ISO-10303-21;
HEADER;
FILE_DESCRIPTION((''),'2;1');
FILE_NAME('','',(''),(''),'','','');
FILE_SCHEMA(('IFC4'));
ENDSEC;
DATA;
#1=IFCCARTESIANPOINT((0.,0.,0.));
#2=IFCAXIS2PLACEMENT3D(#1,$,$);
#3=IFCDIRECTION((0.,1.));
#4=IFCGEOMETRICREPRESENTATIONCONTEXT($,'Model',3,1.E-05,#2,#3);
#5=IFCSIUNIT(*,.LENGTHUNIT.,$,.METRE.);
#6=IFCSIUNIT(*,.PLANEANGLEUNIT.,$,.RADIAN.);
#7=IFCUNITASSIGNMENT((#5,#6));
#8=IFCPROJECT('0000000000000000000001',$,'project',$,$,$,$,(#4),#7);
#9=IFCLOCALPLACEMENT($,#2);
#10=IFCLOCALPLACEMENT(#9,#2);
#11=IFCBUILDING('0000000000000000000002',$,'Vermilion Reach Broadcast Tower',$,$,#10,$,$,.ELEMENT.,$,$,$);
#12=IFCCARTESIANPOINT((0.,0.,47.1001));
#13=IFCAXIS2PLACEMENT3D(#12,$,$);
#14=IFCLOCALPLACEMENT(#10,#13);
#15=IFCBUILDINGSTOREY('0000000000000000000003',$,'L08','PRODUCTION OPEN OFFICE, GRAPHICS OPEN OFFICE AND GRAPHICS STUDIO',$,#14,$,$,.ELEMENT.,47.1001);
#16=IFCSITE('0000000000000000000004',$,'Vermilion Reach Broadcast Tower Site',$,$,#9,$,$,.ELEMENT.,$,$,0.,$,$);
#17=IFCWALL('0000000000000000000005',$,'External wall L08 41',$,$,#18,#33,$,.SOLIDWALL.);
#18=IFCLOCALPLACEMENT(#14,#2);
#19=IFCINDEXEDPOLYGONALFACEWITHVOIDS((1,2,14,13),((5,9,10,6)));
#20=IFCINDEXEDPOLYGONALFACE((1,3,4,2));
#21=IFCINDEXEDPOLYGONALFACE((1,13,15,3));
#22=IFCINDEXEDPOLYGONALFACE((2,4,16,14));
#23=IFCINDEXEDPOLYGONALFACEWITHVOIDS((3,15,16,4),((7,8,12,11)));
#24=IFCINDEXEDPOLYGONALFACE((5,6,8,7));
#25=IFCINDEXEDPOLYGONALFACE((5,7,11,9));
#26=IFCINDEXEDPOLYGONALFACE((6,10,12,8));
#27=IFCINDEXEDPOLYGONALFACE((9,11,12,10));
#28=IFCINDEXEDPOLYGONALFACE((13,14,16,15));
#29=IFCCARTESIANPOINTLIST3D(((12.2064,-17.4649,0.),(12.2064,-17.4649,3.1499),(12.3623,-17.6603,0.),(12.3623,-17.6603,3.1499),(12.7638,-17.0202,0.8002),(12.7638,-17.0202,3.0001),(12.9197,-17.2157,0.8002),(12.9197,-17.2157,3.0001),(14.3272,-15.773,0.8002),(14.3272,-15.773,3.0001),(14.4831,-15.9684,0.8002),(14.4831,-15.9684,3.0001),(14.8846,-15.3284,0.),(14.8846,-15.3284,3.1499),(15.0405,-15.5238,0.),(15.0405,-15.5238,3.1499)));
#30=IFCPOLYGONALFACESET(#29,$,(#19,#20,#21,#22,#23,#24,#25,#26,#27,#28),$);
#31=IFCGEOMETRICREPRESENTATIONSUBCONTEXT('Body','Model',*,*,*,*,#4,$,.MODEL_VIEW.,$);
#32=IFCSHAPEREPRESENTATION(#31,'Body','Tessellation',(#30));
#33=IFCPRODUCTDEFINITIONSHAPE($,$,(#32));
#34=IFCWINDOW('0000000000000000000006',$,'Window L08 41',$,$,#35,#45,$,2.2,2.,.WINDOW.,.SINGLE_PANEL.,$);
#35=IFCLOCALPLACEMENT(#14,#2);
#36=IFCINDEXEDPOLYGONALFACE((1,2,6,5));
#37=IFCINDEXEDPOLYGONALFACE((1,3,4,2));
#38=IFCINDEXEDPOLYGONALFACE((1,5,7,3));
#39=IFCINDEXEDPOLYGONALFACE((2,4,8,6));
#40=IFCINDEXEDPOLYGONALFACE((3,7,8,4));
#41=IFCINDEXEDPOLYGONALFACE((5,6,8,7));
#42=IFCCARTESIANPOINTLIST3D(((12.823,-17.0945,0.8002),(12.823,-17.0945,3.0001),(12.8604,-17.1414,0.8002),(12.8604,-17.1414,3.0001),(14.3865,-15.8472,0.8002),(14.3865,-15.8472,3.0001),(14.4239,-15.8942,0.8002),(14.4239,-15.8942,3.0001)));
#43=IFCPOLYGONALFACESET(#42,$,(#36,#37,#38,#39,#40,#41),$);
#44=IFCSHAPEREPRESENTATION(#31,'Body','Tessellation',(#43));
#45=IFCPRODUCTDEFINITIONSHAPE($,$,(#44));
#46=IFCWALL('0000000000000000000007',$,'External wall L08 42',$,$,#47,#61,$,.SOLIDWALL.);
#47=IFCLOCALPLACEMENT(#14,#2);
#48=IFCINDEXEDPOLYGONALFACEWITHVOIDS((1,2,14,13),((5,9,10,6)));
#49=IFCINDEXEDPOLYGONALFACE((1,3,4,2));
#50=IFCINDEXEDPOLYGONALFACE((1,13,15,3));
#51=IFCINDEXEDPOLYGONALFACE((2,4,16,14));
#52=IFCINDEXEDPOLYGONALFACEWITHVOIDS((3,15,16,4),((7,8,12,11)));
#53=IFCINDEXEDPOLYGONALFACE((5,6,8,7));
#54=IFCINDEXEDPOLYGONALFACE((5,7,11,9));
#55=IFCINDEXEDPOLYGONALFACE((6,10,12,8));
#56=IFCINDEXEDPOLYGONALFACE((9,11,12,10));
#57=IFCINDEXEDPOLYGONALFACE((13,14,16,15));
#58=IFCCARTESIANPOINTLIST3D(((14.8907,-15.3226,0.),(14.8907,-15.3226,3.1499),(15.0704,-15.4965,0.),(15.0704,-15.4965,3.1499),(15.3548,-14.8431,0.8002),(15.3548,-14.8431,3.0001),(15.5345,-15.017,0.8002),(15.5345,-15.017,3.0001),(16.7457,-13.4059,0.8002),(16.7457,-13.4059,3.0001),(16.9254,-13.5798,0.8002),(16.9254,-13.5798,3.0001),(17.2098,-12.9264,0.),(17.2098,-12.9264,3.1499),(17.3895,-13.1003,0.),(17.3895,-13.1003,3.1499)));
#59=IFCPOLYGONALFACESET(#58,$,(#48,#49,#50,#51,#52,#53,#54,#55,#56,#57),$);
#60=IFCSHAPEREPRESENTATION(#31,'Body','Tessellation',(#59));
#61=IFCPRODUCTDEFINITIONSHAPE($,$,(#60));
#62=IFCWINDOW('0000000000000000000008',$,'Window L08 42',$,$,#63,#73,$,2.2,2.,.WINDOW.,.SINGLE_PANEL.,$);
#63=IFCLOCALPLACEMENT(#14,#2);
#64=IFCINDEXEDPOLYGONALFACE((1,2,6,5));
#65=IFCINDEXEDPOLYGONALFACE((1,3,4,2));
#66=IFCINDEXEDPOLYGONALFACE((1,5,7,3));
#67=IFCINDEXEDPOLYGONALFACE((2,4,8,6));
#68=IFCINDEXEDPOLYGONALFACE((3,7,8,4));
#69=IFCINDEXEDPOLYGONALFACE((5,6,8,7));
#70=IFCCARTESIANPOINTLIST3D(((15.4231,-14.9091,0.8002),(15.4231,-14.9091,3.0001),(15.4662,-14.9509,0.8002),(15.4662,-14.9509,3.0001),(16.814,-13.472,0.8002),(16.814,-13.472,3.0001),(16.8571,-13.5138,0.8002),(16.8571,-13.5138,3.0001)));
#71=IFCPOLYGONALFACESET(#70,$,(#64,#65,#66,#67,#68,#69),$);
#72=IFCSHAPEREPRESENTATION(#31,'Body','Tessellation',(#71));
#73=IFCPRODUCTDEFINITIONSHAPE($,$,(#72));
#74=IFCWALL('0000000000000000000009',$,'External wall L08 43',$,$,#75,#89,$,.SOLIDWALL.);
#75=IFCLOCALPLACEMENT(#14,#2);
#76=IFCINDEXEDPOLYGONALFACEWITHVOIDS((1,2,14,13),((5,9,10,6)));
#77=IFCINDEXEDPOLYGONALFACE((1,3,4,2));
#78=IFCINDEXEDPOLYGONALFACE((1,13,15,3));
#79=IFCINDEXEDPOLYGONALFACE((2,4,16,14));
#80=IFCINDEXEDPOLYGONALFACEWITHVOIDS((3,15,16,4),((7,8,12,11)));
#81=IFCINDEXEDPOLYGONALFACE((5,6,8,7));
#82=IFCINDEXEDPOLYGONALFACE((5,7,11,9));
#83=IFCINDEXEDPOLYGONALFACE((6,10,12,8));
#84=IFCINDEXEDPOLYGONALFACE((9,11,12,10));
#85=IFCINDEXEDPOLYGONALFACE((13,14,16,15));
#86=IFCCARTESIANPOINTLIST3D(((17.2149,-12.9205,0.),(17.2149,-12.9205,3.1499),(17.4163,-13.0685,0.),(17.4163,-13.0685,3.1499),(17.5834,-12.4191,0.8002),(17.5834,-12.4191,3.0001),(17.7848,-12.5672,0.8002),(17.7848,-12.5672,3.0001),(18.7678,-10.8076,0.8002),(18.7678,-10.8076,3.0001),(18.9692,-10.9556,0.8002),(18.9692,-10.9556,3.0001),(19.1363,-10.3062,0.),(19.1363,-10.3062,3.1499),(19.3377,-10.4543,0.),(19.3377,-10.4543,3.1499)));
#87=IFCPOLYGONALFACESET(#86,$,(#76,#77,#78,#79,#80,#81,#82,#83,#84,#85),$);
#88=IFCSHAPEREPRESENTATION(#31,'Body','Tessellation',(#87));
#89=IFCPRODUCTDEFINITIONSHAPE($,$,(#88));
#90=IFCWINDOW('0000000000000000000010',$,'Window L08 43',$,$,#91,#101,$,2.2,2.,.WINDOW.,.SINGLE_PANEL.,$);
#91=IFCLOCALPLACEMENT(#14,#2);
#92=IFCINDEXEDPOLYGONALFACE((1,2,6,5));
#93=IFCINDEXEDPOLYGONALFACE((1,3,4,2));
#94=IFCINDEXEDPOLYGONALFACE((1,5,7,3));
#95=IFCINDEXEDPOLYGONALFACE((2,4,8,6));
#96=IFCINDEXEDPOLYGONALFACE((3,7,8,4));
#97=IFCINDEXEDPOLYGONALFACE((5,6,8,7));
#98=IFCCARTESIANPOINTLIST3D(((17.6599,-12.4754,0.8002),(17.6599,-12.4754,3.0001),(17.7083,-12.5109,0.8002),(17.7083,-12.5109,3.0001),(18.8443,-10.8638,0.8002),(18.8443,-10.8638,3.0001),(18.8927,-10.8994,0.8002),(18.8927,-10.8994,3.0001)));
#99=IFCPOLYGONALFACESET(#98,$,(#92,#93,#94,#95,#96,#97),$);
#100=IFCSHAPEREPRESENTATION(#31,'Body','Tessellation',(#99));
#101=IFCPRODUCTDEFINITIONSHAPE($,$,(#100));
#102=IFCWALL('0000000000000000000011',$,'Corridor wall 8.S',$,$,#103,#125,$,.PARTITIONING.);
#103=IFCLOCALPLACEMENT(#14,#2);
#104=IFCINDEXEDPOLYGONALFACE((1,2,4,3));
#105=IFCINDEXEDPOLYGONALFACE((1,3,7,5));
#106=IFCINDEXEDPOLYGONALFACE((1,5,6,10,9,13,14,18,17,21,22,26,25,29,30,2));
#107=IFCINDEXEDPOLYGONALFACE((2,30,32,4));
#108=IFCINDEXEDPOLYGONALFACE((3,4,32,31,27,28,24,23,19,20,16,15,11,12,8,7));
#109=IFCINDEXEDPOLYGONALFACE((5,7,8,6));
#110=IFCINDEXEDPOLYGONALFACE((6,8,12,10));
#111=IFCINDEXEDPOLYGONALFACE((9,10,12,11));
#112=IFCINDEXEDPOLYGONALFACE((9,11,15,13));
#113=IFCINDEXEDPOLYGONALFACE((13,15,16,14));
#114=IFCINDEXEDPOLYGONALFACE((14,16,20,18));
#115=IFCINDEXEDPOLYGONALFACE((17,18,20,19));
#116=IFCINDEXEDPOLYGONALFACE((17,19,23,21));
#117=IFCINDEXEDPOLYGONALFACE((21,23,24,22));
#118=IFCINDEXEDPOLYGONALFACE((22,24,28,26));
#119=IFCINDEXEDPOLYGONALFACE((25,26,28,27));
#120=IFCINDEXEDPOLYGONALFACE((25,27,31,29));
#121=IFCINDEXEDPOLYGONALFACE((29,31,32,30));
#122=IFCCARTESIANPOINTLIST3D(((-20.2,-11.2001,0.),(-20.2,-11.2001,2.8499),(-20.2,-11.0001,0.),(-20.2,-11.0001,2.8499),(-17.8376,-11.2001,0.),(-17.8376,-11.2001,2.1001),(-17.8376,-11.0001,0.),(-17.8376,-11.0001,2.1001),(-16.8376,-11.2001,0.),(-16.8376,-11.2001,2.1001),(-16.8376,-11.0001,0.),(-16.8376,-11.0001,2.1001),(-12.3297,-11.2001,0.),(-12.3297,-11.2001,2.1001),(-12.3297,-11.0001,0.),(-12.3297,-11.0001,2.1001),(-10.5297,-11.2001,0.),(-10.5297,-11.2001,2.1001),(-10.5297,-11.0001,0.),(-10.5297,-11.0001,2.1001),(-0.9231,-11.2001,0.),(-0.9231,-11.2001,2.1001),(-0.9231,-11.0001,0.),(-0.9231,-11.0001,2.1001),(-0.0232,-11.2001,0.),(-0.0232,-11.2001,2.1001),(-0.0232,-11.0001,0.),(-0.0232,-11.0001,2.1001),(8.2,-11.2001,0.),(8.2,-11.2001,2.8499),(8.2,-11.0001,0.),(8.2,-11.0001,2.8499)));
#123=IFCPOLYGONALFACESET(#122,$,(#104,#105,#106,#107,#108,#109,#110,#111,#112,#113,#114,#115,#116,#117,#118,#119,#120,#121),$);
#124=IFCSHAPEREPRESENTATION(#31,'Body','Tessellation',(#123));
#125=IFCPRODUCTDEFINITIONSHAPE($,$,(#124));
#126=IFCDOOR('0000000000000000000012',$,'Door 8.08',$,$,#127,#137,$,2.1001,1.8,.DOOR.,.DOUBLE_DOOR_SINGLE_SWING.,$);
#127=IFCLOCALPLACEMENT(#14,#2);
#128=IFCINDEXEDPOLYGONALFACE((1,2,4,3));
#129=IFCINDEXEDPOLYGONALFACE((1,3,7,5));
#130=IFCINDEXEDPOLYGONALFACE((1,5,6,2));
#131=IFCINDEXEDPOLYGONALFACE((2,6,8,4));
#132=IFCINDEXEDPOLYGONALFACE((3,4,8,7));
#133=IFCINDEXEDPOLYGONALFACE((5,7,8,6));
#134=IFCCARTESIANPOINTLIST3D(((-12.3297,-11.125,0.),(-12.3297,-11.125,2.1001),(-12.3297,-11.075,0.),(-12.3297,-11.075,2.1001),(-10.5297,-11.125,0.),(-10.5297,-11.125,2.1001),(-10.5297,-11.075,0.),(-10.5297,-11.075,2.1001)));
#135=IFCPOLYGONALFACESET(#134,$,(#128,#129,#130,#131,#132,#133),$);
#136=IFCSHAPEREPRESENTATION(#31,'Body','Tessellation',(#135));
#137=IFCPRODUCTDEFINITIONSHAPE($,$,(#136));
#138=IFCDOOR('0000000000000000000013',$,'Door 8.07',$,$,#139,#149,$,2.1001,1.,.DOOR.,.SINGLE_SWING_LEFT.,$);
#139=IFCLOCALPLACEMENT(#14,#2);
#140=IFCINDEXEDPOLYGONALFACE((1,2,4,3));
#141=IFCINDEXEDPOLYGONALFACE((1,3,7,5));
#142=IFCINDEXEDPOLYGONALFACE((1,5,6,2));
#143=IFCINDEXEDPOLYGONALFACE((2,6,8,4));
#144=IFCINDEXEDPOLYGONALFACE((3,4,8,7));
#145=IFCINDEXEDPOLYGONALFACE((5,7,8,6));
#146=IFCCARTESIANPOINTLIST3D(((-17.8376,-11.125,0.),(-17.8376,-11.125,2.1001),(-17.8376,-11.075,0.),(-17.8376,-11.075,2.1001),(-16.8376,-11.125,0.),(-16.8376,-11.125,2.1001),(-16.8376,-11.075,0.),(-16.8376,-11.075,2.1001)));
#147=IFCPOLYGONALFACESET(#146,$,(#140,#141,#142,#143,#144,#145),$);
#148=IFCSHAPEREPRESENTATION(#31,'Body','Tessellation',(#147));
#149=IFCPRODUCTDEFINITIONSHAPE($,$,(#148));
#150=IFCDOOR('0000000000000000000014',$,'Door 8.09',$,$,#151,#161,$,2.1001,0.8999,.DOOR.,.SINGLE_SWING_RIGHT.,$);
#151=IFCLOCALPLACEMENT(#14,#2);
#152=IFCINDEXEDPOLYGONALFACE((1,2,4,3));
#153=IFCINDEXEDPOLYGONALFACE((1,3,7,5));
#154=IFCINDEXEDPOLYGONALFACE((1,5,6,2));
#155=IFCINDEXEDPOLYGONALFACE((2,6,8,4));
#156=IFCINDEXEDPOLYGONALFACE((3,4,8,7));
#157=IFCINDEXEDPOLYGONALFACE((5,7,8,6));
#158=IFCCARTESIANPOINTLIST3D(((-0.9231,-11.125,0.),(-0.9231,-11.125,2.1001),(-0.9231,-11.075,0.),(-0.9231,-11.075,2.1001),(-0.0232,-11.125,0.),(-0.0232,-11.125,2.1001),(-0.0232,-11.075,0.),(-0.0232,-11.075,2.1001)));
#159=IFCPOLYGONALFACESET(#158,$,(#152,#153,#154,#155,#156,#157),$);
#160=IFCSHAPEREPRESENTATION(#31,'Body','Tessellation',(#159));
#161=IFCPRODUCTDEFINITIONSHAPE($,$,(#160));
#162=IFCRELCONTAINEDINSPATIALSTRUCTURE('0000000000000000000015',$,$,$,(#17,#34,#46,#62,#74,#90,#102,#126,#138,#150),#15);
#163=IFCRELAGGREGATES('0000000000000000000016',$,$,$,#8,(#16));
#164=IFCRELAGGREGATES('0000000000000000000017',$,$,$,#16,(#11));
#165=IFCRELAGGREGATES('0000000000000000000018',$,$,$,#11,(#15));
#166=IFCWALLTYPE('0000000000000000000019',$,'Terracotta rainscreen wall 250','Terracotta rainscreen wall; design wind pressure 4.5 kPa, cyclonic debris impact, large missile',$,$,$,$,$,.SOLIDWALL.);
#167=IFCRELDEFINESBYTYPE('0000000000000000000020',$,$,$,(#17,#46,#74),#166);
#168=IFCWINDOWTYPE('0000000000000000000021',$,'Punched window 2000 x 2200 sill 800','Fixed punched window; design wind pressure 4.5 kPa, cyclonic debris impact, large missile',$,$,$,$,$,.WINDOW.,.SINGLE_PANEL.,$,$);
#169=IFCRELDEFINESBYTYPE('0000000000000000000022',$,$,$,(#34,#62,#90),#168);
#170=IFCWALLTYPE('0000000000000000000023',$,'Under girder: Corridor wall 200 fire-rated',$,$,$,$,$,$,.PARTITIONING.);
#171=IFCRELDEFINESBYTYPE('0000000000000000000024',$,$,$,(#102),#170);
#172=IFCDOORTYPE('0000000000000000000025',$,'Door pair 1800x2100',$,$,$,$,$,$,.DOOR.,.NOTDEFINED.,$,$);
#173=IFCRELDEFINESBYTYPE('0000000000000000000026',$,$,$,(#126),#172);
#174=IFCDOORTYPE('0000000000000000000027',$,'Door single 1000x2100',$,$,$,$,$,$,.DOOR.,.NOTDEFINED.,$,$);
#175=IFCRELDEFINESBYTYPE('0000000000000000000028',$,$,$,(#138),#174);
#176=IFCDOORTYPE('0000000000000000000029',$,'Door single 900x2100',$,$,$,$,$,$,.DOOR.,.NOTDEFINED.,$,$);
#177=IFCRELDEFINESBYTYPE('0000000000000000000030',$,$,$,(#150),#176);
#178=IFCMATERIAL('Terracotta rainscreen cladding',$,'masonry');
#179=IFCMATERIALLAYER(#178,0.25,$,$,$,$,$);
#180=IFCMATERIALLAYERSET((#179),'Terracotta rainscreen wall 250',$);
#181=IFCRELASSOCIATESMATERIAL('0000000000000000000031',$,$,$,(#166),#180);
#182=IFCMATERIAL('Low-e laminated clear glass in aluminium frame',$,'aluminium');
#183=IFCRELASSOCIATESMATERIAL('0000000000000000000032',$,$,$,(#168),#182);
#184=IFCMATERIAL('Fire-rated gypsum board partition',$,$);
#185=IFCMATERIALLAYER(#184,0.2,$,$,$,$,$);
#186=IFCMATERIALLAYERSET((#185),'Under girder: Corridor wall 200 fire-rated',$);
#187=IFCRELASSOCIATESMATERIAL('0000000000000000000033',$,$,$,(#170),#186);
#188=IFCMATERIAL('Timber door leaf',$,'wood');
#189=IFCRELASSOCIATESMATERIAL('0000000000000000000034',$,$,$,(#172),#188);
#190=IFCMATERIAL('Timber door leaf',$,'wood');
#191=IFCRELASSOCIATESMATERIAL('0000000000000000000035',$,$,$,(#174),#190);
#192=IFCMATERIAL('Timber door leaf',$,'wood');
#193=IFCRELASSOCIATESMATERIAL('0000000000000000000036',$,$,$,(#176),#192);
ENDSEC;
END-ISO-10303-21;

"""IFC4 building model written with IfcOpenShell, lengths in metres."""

from ifc_helpers import new_model, si_unit, direction, frame, frame_2d, origin, place, context, subcontext, project, spatial, rectangle, extrude, material, layer, layer_set, type_object, element, fill, save


model = new_model("IFC4")

# Units and contexts
model_context = context("Model", 3, precision=1e-05, world=origin(), true_north=direction((0.0, 1.0)))
body_context = subcontext(model_context, "Body", "Model", "MODEL_VIEW")
ifc_project = project(units=[si_unit("LENGTHUNIT", "METRE"), si_unit("PLANEANGLEUNIT", "RADIAN")], contexts=[model_context])

# Site, building, storey
site_placement = place(None, origin())
site = spatial("IfcSite", under=ifc_project, at=site_placement, Name="Vermilion Reach Broadcast Tower Site", CompositionType="ELEMENT", RefElevation=0.0)
building_placement = place(site_placement, origin())
building = spatial("IfcBuilding", under=site, at=building_placement, Name="Vermilion Reach Broadcast Tower", CompositionType="ELEMENT")
storey_placement = place(building_placement, frame((0.0, 0.0, 47.1001)))
storey = spatial("IfcBuildingStorey", under=building, at=storey_placement, Name="L08", Description="PRODUCTION OPEN OFFICE, GRAPHICS OPEN OFFICE AND GRAPHICS STUDIO", CompositionType="ELEMENT", Elevation=47.1001)

# Shared definitions
ifc_material_1 = material(Name="Terracotta rainscreen cladding", Category="masonry")
ifc_layer_1 = layer(ifc_material_1, 0.25)
ifc_layer_set_1 = layer_set([ifc_layer_1], Name="Terracotta rainscreen wall 250")
wall_type_1 = type_object("IfcWallType", Name="Terracotta rainscreen wall 250", Description="Terracotta rainscreen wall; design wind pressure 4.5 kPa, cyclonic debris impact, large missile", PredefinedType="SOLIDWALL", material=ifc_layer_set_1)
ifc_material_2 = material(Name="Low-e laminated clear glass in aluminium frame", Category="aluminium")
window_type = type_object("IfcWindowType", Name="Punched window 2000 x 2200 sill 800", Description="Fixed punched window; design wind pressure 4.5 kPa, cyclonic debris impact, large missile", PartitioningType="SINGLE_PANEL", PredefinedType="WINDOW", material=ifc_material_2)

# Walls, openings, windows
wall_1_placement = place(storey_placement, frame((12.2844, -17.5625, 0.0), z_axis=(0.0, 0.0, 1.0), x_axis=(0.781737, 0.623608, 0.0)))
wall_1 = element("IfcWall", 1, at=wall_1_placement, inside=storey, type_object=wall_type_1, Name="External wall L08 41", PredefinedType="SOLIDWALL", context=body_context, shape_type="SweptSolid", body=[
    extrude(rectangle(XDim=3.426, YDim=0.25, at=frame_2d((1.7129, 0.0))), origin(), (0.0, 0.0, 1.0), 3.1499),
])
opening_1_placement = place(wall_1_placement, frame((0.7129, 0.0, 0.8)))
opening_1 = element("IfcOpeningElement", 2, at=opening_1_placement, cuts=wall_1, PredefinedType="OPENING", context=body_context, shape_type="SweptSolid", body=[
    extrude(rectangle(XDim=2.0, YDim=2.2, at=frame_2d((1.0, 1.1001))), frame((0.0, 0.135, 0.0), z_axis=(0.0, -1.0, 0.0), x_axis=(1.0, 0.0, 0.0)), (0.0, 0.0, 1.0), 0.27),
])
window_1_placement = place(opening_1_placement, origin())
window_1 = element("IfcWindow", 3, at=window_1_placement, inside=storey, type_object=window_type, Name="Window L08 41", OverallHeight=2.2, OverallWidth=2.0, PartitioningType="SINGLE_PANEL", PredefinedType="WINDOW", context=body_context, shape_type="SweptSolid", body=[
    extrude(rectangle(XDim=2.0, YDim=2.2, at=frame_2d((1.0, 1.1001))), frame((0.0, 0.03, 0.0), z_axis=(0.0, -1.0, 0.0), x_axis=(1.0, 0.0, 0.0)), (0.0, 0.0, 1.0), 0.0601),
])
fill(opening_1, window_1)
wall_2_placement = place(storey_placement, frame((14.9805, -15.4097, 0.0), z_axis=(0.0, 0.0, 1.0), x_axis=(0.695445, 0.71858, 0.0)))
wall_2 = element("IfcWall", 4, at=wall_2_placement, inside=storey, type_object=wall_type_1, Name="External wall L08 42", PredefinedType="SOLIDWALL", context=body_context, shape_type="SweptSolid", body=[
    extrude(rectangle(XDim=3.3347, YDim=0.25, at=frame_2d((1.6675, 0.0))), origin(), (0.0, 0.0, 1.0), 3.1499),
])
opening_2_placement = place(wall_2_placement, frame((0.6675, 0.0, 0.8)))
opening_2 = element("IfcOpeningElement", 5, at=opening_2_placement, cuts=wall_2, PredefinedType="OPENING", context=body_context, shape_type="SweptSolid", body=[
    extrude(rectangle(XDim=2.0, YDim=2.2, at=frame_2d((1.0, 1.1001))), frame((0.0, 0.135, 0.0), z_axis=(0.0, -1.0, 0.0), x_axis=(1.0, 0.0, 0.0)), (0.0, 0.0, 1.0), 0.27),
])
window_2_placement = place(opening_2_placement, origin())
window_2 = element("IfcWindow", 6, at=window_2_placement, inside=storey, type_object=window_type, Name="Window L08 42", OverallHeight=2.2, OverallWidth=2.0, PartitioningType="SINGLE_PANEL", PredefinedType="WINDOW", context=body_context, shape_type="SweptSolid", body=[
    extrude(rectangle(XDim=2.0, YDim=2.2, at=frame_2d((1.0, 1.1001))), frame((0.0, 0.03, 0.0), z_axis=(0.0, -1.0, 0.0), x_axis=(1.0, 0.0, 0.0)), (0.0, 0.0, 1.0), 0.0601),
])
fill(opening_2, window_2)
wall_3_placement = place(storey_placement, frame((17.3157, -12.9944, 0.0), z_axis=(0.0, 0.0, 1.0), x_axis=(0.592218, 0.805778, 0.0)))
wall_3 = element("IfcWall", 7, at=wall_3_placement, inside=storey, type_object=wall_type_1, Name="External wall L08 43", PredefinedType="SOLIDWALL", context=body_context, shape_type="SweptSolid", body=[
    extrude(rectangle(XDim=3.2444, YDim=0.25, at=frame_2d((1.6221, 0.0))), origin(), (0.0, 0.0, 1.0), 3.1499),
])
opening_3_placement = place(wall_3_placement, frame((0.6221, 0.0, 0.8)))
opening_3 = element("IfcOpeningElement", 8, at=opening_3_placement, cuts=wall_3, PredefinedType="OPENING", context=body_context, shape_type="SweptSolid", body=[
    extrude(rectangle(XDim=2.0, YDim=2.2, at=frame_2d((1.0, 1.1001))), frame((0.0, 0.135, 0.0), z_axis=(0.0, -1.0, 0.0), x_axis=(1.0, 0.0, 0.0)), (0.0, 0.0, 1.0), 0.27),
])
window_3_placement = place(opening_3_placement, origin())
window_3 = element("IfcWindow", 9, at=window_3_placement, inside=storey, type_object=window_type, Name="Window L08 43", OverallHeight=2.2, OverallWidth=2.0, PartitioningType="SINGLE_PANEL", PredefinedType="WINDOW", context=body_context, shape_type="SweptSolid", body=[
    extrude(rectangle(XDim=2.0, YDim=2.2, at=frame_2d((1.0, 1.1001))), frame((0.0, 0.03, 0.0), z_axis=(0.0, -1.0, 0.0), x_axis=(1.0, 0.0, 0.0)), (0.0, 0.0, 1.0), 0.0601),
])
fill(opening_3, window_3)

# Wall, openings, doors
ifc_material_3 = material(Name="Fire-rated gypsum board partition")
ifc_layer_2 = layer(ifc_material_3, 0.2)
ifc_layer_set_2 = layer_set([ifc_layer_2], Name="Under girder: Corridor wall 200 fire-rated")
wall_type_2 = type_object("IfcWallType", Name="Under girder: Corridor wall 200 fire-rated", PredefinedType="PARTITIONING", material=ifc_layer_set_2)
wall_4_placement = place(storey_placement, frame((8.2, -11.1001, 0.0), z_axis=(0.0, 0.0, 1.0), x_axis=(-1.0, 0.0, 0.0)))
wall_4 = element("IfcWall", 10, at=wall_4_placement, inside=storey, type_object=wall_type_2, Name="Corridor wall 8.S", PredefinedType="PARTITIONING", context=body_context, shape_type="SweptSolid", body=[
    extrude(rectangle(XDim=28.3999, YDim=0.2, at=frame_2d((14.2, 0.0))), origin(), (0.0, 0.0, 1.0), 2.8499),
])
opening_4_placement = place(wall_4_placement, frame((25.0376, 0.0, 0.0)))
opening_4 = element("IfcOpeningElement", 11, at=opening_4_placement, cuts=wall_4, PredefinedType="OPENING", context=body_context, shape_type="SweptSolid", body=[
    extrude(rectangle(XDim=1.0, YDim=2.1001, at=frame_2d((0.5, 1.05))), frame((0.0, 0.1099, 0.0), z_axis=(0.0, -1.0, 0.0), x_axis=(1.0, 0.0, 0.0)), (0.0, 0.0, 1.0), 0.22),
])
opening_5_placement = place(wall_4_placement, frame((18.7297, 0.0, 0.0)))
opening_5 = element("IfcOpeningElement", 12, at=opening_5_placement, cuts=wall_4, PredefinedType="OPENING", context=body_context, shape_type="SweptSolid", body=[
    extrude(rectangle(XDim=1.8, YDim=2.1001, at=frame_2d((0.8999, 1.05))), frame((0.0, 0.1099, 0.0), z_axis=(0.0, -1.0, 0.0), x_axis=(1.0, 0.0, 0.0)), (0.0, 0.0, 1.0), 0.22),
])
opening_6_placement = place(wall_4_placement, frame((8.2231, 0.0, 0.0)))
opening_6 = element("IfcOpeningElement", 13, at=opening_6_placement, cuts=wall_4, PredefinedType="OPENING", context=body_context, shape_type="SweptSolid", body=[
    extrude(rectangle(XDim=0.8999, YDim=2.1001, at=frame_2d((0.45, 1.05))), frame((0.0, 0.1099, 0.0), z_axis=(0.0, -1.0, 0.0), x_axis=(1.0, 0.0, 0.0)), (0.0, 0.0, 1.0), 0.22),
])
ifc_material_4 = material(Name="Timber door leaf", Category="wood")
door_type_1 = type_object("IfcDoorType", Name="Door pair 1800x2100", OperationType="NOTDEFINED", PredefinedType="DOOR", material=ifc_material_4)
door_1_placement = place(opening_5_placement, origin())
door_1 = element("IfcDoor", 14, at=door_1_placement, inside=storey, type_object=door_type_1, Name="Door 8.08", OperationType="DOUBLE_DOOR_SINGLE_SWING", OverallHeight=2.1001, OverallWidth=1.8, PredefinedType="DOOR", context=body_context, shape_type="SweptSolid", body=[
    extrude(rectangle(XDim=1.8, YDim=2.1001, at=frame_2d((0.8999, 1.05))), frame((0.0, 0.0249, 0.0), z_axis=(0.0, -1.0, 0.0), x_axis=(1.0, 0.0, 0.0)), (0.0, 0.0, 1.0), 0.05),
])
fill(opening_5, door_1)
ifc_material_5 = material(Name="Timber door leaf", Category="wood")
door_type_2 = type_object("IfcDoorType", Name="Door single 1000x2100", OperationType="NOTDEFINED", PredefinedType="DOOR", material=ifc_material_5)
door_2_placement = place(opening_4_placement, origin())
door_2 = element("IfcDoor", 15, at=door_2_placement, inside=storey, type_object=door_type_2, Name="Door 8.07", OperationType="SINGLE_SWING_LEFT", OverallHeight=2.1001, OverallWidth=1.0, PredefinedType="DOOR", context=body_context, shape_type="SweptSolid", body=[
    extrude(rectangle(XDim=1.0, YDim=2.1001, at=frame_2d((0.5, 1.05))), frame((0.0, 0.0249, 0.0), z_axis=(0.0, -1.0, 0.0), x_axis=(1.0, 0.0, 0.0)), (0.0, 0.0, 1.0), 0.05),
])
fill(opening_4, door_2)
ifc_material_6 = material(Name="Timber door leaf", Category="wood")
door_type_3 = type_object("IfcDoorType", Name="Door single 900x2100", OperationType="NOTDEFINED", PredefinedType="DOOR", material=ifc_material_6)
door_3_placement = place(opening_6_placement, origin())
door_3 = element("IfcDoor", 16, at=door_3_placement, inside=storey, type_object=door_type_3, Name="Door 8.09", OperationType="SINGLE_SWING_RIGHT", OverallHeight=2.1001, OverallWidth=0.8999, PredefinedType="DOOR", context=body_context, shape_type="SweptSolid", body=[
    extrude(rectangle(XDim=0.8999, YDim=2.1001, at=frame_2d((0.45, 1.05))), frame((0.0, 0.0249, 0.0), z_axis=(0.0, -1.0, 0.0), x_axis=(1.0, 0.0, 0.0)), (0.0, 0.0, 1.0), 0.05),
])
fill(opening_6, door_3)

save(model, "model.ifc")
